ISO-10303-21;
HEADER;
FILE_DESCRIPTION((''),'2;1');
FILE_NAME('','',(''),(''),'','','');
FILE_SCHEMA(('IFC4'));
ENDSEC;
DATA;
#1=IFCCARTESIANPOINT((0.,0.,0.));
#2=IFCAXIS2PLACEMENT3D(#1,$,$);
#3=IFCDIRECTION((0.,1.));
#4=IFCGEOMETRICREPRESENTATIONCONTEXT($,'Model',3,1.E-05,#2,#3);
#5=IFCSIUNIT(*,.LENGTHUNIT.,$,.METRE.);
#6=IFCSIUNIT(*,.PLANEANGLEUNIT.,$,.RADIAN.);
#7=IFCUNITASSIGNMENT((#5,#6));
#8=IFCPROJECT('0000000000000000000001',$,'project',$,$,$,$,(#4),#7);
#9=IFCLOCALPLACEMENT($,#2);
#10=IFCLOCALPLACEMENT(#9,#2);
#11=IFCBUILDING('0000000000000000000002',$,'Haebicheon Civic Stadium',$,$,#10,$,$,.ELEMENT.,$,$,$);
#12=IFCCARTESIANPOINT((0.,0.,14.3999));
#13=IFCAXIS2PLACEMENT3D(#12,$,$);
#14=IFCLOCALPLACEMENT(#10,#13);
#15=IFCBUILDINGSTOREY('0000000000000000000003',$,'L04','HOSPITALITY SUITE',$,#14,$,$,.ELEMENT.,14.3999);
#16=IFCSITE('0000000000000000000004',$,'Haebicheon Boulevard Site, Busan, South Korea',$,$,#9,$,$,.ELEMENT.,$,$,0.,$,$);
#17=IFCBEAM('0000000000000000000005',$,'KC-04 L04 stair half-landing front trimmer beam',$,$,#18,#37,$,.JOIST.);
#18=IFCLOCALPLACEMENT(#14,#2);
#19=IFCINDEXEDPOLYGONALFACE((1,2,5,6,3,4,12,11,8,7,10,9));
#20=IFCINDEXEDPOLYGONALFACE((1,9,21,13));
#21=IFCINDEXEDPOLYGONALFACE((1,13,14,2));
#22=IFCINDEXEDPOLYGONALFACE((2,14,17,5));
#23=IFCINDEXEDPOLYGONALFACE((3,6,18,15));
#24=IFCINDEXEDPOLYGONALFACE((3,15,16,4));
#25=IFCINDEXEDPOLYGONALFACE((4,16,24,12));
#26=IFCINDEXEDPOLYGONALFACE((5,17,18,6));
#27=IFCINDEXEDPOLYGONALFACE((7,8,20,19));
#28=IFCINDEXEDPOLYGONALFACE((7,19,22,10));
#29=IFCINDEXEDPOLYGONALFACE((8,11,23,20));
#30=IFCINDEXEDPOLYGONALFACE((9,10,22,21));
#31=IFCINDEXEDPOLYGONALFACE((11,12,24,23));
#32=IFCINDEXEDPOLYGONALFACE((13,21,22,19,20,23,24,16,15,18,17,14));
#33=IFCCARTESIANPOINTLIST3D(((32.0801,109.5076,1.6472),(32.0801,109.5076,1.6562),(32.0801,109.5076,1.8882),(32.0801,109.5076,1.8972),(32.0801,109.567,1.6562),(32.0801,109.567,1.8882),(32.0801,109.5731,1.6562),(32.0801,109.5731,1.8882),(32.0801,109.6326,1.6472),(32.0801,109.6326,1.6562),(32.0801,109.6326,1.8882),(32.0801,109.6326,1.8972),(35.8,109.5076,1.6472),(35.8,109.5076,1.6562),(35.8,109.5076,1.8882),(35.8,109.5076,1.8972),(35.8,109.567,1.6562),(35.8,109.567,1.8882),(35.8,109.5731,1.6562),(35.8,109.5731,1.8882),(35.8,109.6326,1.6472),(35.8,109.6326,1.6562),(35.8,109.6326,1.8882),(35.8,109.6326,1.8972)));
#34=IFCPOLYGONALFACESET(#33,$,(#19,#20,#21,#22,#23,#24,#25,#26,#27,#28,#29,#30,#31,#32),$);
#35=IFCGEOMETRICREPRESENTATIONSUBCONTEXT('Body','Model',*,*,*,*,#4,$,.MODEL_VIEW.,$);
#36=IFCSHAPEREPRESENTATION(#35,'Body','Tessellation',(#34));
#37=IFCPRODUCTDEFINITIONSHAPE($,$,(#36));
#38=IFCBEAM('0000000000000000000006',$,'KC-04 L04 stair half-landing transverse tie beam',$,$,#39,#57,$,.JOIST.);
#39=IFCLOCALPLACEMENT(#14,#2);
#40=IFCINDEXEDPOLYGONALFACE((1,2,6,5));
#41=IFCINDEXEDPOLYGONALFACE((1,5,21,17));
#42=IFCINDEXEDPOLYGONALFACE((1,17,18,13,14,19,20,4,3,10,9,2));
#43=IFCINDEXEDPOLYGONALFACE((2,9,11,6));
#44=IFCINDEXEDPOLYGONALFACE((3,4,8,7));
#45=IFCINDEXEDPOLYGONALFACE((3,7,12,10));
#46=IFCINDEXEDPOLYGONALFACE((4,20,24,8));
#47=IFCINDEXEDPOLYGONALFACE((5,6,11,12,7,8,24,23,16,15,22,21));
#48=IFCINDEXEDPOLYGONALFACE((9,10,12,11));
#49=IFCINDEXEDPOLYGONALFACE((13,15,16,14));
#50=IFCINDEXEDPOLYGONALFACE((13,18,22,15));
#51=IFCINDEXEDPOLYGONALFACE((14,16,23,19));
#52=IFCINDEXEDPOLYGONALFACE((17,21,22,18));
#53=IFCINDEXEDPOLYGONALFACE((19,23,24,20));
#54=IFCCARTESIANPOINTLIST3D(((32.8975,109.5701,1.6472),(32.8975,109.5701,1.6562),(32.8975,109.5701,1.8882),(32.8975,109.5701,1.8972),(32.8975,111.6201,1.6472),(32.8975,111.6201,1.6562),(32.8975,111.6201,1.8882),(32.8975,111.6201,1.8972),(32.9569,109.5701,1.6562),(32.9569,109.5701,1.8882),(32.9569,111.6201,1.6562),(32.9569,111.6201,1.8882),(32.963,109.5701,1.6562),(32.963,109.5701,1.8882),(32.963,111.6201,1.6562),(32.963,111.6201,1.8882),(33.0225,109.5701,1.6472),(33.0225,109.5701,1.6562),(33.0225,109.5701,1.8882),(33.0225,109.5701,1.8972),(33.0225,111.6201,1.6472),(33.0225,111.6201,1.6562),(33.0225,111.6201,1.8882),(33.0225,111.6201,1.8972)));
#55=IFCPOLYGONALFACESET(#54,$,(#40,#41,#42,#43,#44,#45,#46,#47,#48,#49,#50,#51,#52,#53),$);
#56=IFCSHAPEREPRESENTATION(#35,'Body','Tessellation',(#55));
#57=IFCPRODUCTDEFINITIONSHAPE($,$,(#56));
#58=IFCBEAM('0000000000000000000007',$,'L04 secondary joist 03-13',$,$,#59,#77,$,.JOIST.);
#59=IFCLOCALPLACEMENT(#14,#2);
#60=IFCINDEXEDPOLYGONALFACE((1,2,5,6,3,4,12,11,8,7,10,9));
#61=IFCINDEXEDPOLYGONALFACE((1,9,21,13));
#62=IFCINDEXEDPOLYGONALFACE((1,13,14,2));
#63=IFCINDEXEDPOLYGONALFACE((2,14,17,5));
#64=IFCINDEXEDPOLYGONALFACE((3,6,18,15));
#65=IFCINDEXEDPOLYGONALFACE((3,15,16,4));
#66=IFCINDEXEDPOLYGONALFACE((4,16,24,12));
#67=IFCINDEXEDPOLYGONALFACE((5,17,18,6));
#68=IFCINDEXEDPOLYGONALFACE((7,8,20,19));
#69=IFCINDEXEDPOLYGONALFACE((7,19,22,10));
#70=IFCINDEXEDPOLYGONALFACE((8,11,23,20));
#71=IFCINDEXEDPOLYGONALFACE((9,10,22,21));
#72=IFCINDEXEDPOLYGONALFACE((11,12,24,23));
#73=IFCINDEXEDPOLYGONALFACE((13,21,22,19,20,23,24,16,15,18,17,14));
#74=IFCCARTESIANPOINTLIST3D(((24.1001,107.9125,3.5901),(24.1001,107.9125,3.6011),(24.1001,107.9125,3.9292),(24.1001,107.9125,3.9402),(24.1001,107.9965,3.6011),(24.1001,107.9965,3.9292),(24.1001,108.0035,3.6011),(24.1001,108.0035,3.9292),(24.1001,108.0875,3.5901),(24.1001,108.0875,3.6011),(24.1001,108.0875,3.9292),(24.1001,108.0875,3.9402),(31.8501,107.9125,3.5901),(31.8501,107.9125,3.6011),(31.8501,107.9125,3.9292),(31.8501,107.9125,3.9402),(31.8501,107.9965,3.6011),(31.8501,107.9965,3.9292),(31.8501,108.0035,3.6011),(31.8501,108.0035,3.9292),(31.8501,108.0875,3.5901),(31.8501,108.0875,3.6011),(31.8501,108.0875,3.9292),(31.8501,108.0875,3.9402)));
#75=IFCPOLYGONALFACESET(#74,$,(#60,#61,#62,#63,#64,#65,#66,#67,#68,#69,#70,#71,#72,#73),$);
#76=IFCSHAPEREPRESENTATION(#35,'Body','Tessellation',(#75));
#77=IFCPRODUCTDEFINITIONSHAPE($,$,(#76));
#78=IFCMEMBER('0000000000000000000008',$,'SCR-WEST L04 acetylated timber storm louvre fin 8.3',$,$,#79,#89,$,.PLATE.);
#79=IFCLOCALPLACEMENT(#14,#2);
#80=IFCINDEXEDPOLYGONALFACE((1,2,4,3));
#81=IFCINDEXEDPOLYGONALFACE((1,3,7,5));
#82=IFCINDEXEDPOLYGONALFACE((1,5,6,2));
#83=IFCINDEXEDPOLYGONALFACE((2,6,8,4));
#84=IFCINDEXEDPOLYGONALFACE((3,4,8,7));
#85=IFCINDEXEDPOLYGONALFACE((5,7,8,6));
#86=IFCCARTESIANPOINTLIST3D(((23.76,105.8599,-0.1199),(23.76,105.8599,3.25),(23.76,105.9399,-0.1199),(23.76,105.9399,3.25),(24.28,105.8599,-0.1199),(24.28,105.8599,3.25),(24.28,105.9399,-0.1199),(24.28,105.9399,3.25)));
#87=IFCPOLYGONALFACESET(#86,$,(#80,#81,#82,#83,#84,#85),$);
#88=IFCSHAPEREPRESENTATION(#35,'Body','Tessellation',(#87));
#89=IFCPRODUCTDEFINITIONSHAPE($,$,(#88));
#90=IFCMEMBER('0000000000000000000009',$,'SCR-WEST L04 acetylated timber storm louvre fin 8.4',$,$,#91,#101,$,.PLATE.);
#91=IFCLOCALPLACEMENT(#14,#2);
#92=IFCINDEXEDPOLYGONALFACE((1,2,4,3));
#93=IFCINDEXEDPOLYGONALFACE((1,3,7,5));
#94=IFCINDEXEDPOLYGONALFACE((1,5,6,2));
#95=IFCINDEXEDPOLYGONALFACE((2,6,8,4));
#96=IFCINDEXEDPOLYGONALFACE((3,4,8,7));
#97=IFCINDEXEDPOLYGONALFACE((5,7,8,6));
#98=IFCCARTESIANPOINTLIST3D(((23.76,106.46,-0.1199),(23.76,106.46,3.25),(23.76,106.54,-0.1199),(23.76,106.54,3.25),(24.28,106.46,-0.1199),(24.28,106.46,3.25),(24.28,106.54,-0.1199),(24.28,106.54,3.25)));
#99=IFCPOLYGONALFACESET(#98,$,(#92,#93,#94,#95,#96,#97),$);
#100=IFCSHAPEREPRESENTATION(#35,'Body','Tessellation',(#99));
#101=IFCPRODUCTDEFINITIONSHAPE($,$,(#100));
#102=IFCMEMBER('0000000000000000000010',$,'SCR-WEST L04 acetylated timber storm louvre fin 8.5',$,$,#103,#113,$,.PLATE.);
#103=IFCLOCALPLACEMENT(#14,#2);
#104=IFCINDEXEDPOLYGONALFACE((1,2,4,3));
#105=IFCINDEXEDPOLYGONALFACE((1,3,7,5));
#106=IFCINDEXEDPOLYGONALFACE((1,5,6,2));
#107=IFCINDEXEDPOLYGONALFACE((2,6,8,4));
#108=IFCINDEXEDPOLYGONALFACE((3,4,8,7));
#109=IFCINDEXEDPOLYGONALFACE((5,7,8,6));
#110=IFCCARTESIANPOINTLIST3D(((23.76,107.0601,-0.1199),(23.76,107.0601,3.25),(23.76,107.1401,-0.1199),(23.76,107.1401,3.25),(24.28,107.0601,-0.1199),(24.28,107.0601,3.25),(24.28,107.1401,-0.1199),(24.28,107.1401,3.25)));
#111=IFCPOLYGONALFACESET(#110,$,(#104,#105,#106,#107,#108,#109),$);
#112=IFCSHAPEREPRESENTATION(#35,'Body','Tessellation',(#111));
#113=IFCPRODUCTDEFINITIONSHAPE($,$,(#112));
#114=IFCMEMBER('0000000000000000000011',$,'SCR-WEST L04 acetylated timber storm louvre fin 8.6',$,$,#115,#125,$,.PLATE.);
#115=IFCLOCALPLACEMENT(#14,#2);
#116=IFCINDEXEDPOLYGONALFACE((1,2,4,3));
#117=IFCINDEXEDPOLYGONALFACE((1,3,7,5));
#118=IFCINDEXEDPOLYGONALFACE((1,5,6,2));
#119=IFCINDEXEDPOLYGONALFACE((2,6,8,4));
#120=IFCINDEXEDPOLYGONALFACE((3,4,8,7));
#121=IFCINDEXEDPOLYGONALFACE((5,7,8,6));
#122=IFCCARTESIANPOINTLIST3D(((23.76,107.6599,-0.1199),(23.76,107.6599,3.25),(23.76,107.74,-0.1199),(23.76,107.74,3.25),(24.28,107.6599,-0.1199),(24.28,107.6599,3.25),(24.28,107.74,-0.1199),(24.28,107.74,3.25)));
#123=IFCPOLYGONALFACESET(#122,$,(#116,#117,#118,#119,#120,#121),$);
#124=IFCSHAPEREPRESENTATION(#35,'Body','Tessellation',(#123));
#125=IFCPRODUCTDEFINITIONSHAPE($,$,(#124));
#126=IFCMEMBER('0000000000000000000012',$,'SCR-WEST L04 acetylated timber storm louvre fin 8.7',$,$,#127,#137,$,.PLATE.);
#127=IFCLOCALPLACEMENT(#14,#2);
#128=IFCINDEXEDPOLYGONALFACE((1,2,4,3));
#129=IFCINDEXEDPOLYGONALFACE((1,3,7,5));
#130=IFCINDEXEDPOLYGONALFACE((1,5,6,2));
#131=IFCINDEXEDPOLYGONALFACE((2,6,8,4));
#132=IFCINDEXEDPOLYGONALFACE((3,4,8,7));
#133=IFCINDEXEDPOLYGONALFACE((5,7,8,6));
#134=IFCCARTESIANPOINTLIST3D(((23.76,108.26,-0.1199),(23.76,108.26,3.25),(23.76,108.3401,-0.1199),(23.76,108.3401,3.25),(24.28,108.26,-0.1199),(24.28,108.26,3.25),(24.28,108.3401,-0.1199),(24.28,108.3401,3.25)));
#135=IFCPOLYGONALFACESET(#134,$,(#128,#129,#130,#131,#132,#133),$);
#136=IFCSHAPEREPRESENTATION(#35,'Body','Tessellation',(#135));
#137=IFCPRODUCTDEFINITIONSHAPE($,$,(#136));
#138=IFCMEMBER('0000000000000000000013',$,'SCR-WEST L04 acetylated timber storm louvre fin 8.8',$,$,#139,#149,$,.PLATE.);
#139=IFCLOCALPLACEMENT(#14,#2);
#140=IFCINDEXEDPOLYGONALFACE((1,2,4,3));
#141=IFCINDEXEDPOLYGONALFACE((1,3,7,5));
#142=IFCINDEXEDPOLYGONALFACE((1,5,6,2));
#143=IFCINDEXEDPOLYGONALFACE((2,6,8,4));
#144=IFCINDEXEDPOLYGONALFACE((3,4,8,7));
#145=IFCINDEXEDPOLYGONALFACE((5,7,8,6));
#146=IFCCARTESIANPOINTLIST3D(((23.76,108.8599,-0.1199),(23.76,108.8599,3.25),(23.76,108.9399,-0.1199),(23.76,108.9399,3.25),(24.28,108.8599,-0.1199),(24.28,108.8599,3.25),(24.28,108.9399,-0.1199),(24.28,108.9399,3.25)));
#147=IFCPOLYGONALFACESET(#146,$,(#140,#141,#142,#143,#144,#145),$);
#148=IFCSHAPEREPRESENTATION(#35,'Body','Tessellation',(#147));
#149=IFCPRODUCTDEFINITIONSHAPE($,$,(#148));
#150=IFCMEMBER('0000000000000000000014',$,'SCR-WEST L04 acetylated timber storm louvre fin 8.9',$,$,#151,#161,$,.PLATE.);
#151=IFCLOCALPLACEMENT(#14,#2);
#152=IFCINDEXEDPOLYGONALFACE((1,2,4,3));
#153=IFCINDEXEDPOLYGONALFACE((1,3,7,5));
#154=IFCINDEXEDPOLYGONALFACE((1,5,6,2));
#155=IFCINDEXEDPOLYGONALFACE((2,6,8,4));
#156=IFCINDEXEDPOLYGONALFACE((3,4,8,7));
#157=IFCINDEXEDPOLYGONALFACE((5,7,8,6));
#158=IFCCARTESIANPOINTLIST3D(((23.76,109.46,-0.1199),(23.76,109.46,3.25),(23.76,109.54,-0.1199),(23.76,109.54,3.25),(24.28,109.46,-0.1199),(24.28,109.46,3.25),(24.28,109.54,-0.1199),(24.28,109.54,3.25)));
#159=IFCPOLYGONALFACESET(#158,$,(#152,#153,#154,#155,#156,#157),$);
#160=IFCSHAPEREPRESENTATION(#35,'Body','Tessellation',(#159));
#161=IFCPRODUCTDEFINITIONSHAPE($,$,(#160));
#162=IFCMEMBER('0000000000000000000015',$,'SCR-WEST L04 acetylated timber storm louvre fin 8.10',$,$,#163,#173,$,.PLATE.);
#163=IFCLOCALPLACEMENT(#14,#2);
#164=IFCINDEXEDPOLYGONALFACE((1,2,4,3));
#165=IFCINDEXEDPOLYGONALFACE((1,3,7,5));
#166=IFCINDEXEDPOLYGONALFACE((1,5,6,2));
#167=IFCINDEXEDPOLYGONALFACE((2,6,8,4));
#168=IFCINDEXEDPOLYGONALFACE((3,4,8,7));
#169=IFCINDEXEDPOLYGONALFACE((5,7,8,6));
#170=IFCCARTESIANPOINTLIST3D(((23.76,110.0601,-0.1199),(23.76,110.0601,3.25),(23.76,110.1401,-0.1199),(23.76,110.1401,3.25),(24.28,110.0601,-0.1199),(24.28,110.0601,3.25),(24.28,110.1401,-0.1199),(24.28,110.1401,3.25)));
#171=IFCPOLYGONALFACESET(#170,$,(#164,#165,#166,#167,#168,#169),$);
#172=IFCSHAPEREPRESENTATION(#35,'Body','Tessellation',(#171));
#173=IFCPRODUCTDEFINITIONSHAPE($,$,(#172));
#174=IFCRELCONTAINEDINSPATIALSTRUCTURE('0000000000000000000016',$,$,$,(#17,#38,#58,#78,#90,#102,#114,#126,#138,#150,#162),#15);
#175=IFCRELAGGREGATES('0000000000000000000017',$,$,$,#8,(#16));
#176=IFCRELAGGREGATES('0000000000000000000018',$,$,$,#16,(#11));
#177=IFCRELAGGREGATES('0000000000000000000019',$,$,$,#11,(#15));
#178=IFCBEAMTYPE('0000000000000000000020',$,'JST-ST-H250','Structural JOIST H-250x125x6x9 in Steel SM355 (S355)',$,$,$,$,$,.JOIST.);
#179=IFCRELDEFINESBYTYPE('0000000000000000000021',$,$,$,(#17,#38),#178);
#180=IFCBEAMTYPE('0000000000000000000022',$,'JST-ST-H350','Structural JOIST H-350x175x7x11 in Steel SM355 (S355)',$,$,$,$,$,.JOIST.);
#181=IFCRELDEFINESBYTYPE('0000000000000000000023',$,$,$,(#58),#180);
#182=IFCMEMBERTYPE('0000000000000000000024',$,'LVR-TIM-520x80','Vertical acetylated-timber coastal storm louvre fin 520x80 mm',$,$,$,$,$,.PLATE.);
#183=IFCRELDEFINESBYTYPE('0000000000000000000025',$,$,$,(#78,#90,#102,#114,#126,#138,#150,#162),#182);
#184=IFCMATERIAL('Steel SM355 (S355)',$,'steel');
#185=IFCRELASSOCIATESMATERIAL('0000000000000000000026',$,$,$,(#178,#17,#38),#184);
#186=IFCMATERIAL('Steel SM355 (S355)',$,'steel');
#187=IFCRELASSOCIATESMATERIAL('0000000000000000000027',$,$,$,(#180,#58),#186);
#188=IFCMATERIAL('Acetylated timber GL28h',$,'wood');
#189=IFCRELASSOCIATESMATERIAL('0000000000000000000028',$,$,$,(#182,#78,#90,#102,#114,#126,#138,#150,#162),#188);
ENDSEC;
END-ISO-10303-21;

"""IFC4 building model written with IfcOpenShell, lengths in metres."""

from ifc_helpers import new_model, si_unit, direction, frame, origin, origin_2d, place, context, subcontext, project, spatial, rectangle, i_section, extrude, material, material_profile, profile_set, type_object, element, save


model = new_model("IFC4")

# Units and contexts
model_context = context("Model", 3, precision=1e-05, world=origin(), true_north=direction((0.0, 1.0)))
body_context = subcontext(model_context, "Body", "Model", "MODEL_VIEW")
ifc_project = project(units=[si_unit("LENGTHUNIT", "METRE"), si_unit("PLANEANGLEUNIT", "RADIAN")], contexts=[model_context])

# Site, building, storey
site_placement = place(None, origin())
site = spatial("IfcSite", under=ifc_project, at=site_placement, Name="Haebicheon Boulevard Site, Busan, South Korea", CompositionType="ELEMENT", RefElevation=0.0)
building_placement = place(site_placement, origin())
building = spatial("IfcBuilding", under=site, at=building_placement, Name="Haebicheon Civic Stadium", CompositionType="ELEMENT")
storey_placement = place(building_placement, frame((0.0, 0.0, 14.3999)))
storey = spatial("IfcBuildingStorey", under=building, at=storey_placement, Name="L04", Description="HOSPITALITY SUITE", CompositionType="ELEMENT", Elevation=14.3999)

# Beams
ifc_material_1 = material(Name="Steel SM355 (S355)", Category="steel")
ifc_material_profile_1 = material_profile(ifc_material_1, i_section(OverallWidth=0.125, OverallDepth=0.25, WebThickness=0.0061, FlangeThickness=0.009, at=origin_2d()), Name="H-250x125x6x9")
ifc_profile_set_1 = profile_set([ifc_material_profile_1], Name="Steel SM355 (S355)")
beam_type_1 = type_object("IfcBeamType", Name="JST-ST-H250", Description="Structural JOIST H-250x125x6x9 in Steel SM355 (S355)", PredefinedType="JOIST", material=ifc_profile_set_1)
beam_1_placement = place(storey_placement, frame((32.0801, 109.5701, 1.7722), z_axis=(1.0, 0.0, 0.0), x_axis=(0.0, 1.0, 0.0)))
element("IfcBeam", 1, at=beam_1_placement, inside=storey, type_object=beam_type_1, material=ifc_profile_set_1, Name="KC-04 L04 stair half-landing front trimmer beam", PredefinedType="JOIST", context=body_context, shape_type="SweptSolid", body=[
    extrude(i_section(OverallWidth=0.125, OverallDepth=0.25, WebThickness=0.0061, FlangeThickness=0.009, at=origin_2d()), origin(), (0.0, 0.0, 1.0), 3.72),
])
beam_2_placement = place(storey_placement, frame((32.96, 109.5701, 1.7722), z_axis=(0.0, 1.0, 0.0), x_axis=(-1.0, 0.0, 0.0)))
element("IfcBeam", 2, at=beam_2_placement, inside=storey, type_object=beam_type_1, material=ifc_profile_set_1, Name="KC-04 L04 stair half-landing transverse tie beam", PredefinedType="JOIST", context=body_context, shape_type="SweptSolid", body=[
    extrude(i_section(OverallWidth=0.125, OverallDepth=0.25, WebThickness=0.0061, FlangeThickness=0.009, at=origin_2d()), origin(), (0.0, 0.0, 1.0), 2.05),
])
ifc_material_2 = material(Name="Steel SM355 (S355)", Category="steel")
ifc_material_profile_2 = material_profile(ifc_material_2, i_section(OverallWidth=0.175, OverallDepth=0.3501, WebThickness=0.0071, FlangeThickness=0.011, at=origin_2d()), Name="H-350x175x7x11")
ifc_profile_set_2 = profile_set([ifc_material_profile_2], Name="Steel SM355 (S355)")
beam_type_2 = type_object("IfcBeamType", Name="JST-ST-H350", Description="Structural JOIST H-350x175x7x11 in Steel SM355 (S355)", PredefinedType="JOIST", material=ifc_profile_set_2)
beam_3_placement = place(storey_placement, frame((24.1001, 108.0, 3.7651), z_axis=(1.0, 0.0, 0.0), x_axis=(0.0, 1.0, 0.0)))
element("IfcBeam", 3, at=beam_3_placement, inside=storey, type_object=beam_type_2, material=ifc_profile_set_2, Name="L04 secondary joist 03-13", PredefinedType="JOIST", context=body_context, shape_type="SweptSolid", body=[
    extrude(i_section(OverallWidth=0.175, OverallDepth=0.3501, WebThickness=0.0071, FlangeThickness=0.011, at=origin_2d()), origin(), (0.0, 0.0, 1.0), 7.75),
])

# Members
ifc_material_3 = material(Name="Acetylated timber GL28h", Category="wood")
ifc_material_profile_3 = material_profile(ifc_material_3, rectangle(XDim=0.0801, YDim=0.52, at=origin_2d()), Name="TMB-LOUV-80x520")
ifc_profile_set_3 = profile_set([ifc_material_profile_3], Name="Acetylated timber GL28h")
member_type = type_object("IfcMemberType", Name="LVR-TIM-520x80", Description="Vertical acetylated-timber coastal storm louvre fin 520x80 mm", PredefinedType="PLATE", material=ifc_profile_set_3)
for number, where, z_axis, x_axis, name in (
    (4, (24.02, 105.8999, -0.1199), (0.0, 0.0, 1.0), (0.0, 1.0, 0.0), "SCR-WEST L04 acetylated timber storm louvre fin 8.3"),
    (5, (24.02, 106.5, -0.1199), (0.0, 0.0, 1.0), (0.0, 1.0, 0.0), "SCR-WEST L04 acetylated timber storm louvre fin 8.4"),
    (6, (24.02, 107.1001, -0.1199), (0.0, 0.0, 1.0), (0.0, 1.0, 0.0), "SCR-WEST L04 acetylated timber storm louvre fin 8.5"),
    (7, (24.02, 107.7, -0.1199), (0.0, 0.0, 1.0), (0.0, 1.0, 0.0), "SCR-WEST L04 acetylated timber storm louvre fin 8.6"),
    (8, (24.02, 108.3, -0.1199), (0.0, 0.0, 1.0), (0.0, 1.0, 0.0), "SCR-WEST L04 acetylated timber storm louvre fin 8.7"),
    (9, (24.02, 108.8999, -0.1199), (0.0, 0.0, 1.0), (0.0, 1.0, 0.0), "SCR-WEST L04 acetylated timber storm louvre fin 8.8"),
    (10, (24.02, 109.5, -0.1199), (0.0, 0.0, 1.0), (0.0, 1.0, 0.0), "SCR-WEST L04 acetylated timber storm louvre fin 8.9"),
    (11, (24.02, 110.1001, -0.1199), (0.0, 0.0, 1.0), (0.0, 1.0, 0.0), "SCR-WEST L04 acetylated timber storm louvre fin 8.10"),
):
    element("IfcMember", number, at=place(storey_placement, frame(where, z_axis=z_axis, x_axis=x_axis)), inside=storey, type_object=member_type, material=ifc_profile_set_3, Name=name, PredefinedType="PLATE", context=body_context, shape_type="SweptSolid", body=[
        extrude(rectangle(XDim=0.0801, YDim=0.52, at=origin_2d()), origin(), (0.0, 0.0, 1.0), 3.3699),
    ])

save(model, "model.ifc")
